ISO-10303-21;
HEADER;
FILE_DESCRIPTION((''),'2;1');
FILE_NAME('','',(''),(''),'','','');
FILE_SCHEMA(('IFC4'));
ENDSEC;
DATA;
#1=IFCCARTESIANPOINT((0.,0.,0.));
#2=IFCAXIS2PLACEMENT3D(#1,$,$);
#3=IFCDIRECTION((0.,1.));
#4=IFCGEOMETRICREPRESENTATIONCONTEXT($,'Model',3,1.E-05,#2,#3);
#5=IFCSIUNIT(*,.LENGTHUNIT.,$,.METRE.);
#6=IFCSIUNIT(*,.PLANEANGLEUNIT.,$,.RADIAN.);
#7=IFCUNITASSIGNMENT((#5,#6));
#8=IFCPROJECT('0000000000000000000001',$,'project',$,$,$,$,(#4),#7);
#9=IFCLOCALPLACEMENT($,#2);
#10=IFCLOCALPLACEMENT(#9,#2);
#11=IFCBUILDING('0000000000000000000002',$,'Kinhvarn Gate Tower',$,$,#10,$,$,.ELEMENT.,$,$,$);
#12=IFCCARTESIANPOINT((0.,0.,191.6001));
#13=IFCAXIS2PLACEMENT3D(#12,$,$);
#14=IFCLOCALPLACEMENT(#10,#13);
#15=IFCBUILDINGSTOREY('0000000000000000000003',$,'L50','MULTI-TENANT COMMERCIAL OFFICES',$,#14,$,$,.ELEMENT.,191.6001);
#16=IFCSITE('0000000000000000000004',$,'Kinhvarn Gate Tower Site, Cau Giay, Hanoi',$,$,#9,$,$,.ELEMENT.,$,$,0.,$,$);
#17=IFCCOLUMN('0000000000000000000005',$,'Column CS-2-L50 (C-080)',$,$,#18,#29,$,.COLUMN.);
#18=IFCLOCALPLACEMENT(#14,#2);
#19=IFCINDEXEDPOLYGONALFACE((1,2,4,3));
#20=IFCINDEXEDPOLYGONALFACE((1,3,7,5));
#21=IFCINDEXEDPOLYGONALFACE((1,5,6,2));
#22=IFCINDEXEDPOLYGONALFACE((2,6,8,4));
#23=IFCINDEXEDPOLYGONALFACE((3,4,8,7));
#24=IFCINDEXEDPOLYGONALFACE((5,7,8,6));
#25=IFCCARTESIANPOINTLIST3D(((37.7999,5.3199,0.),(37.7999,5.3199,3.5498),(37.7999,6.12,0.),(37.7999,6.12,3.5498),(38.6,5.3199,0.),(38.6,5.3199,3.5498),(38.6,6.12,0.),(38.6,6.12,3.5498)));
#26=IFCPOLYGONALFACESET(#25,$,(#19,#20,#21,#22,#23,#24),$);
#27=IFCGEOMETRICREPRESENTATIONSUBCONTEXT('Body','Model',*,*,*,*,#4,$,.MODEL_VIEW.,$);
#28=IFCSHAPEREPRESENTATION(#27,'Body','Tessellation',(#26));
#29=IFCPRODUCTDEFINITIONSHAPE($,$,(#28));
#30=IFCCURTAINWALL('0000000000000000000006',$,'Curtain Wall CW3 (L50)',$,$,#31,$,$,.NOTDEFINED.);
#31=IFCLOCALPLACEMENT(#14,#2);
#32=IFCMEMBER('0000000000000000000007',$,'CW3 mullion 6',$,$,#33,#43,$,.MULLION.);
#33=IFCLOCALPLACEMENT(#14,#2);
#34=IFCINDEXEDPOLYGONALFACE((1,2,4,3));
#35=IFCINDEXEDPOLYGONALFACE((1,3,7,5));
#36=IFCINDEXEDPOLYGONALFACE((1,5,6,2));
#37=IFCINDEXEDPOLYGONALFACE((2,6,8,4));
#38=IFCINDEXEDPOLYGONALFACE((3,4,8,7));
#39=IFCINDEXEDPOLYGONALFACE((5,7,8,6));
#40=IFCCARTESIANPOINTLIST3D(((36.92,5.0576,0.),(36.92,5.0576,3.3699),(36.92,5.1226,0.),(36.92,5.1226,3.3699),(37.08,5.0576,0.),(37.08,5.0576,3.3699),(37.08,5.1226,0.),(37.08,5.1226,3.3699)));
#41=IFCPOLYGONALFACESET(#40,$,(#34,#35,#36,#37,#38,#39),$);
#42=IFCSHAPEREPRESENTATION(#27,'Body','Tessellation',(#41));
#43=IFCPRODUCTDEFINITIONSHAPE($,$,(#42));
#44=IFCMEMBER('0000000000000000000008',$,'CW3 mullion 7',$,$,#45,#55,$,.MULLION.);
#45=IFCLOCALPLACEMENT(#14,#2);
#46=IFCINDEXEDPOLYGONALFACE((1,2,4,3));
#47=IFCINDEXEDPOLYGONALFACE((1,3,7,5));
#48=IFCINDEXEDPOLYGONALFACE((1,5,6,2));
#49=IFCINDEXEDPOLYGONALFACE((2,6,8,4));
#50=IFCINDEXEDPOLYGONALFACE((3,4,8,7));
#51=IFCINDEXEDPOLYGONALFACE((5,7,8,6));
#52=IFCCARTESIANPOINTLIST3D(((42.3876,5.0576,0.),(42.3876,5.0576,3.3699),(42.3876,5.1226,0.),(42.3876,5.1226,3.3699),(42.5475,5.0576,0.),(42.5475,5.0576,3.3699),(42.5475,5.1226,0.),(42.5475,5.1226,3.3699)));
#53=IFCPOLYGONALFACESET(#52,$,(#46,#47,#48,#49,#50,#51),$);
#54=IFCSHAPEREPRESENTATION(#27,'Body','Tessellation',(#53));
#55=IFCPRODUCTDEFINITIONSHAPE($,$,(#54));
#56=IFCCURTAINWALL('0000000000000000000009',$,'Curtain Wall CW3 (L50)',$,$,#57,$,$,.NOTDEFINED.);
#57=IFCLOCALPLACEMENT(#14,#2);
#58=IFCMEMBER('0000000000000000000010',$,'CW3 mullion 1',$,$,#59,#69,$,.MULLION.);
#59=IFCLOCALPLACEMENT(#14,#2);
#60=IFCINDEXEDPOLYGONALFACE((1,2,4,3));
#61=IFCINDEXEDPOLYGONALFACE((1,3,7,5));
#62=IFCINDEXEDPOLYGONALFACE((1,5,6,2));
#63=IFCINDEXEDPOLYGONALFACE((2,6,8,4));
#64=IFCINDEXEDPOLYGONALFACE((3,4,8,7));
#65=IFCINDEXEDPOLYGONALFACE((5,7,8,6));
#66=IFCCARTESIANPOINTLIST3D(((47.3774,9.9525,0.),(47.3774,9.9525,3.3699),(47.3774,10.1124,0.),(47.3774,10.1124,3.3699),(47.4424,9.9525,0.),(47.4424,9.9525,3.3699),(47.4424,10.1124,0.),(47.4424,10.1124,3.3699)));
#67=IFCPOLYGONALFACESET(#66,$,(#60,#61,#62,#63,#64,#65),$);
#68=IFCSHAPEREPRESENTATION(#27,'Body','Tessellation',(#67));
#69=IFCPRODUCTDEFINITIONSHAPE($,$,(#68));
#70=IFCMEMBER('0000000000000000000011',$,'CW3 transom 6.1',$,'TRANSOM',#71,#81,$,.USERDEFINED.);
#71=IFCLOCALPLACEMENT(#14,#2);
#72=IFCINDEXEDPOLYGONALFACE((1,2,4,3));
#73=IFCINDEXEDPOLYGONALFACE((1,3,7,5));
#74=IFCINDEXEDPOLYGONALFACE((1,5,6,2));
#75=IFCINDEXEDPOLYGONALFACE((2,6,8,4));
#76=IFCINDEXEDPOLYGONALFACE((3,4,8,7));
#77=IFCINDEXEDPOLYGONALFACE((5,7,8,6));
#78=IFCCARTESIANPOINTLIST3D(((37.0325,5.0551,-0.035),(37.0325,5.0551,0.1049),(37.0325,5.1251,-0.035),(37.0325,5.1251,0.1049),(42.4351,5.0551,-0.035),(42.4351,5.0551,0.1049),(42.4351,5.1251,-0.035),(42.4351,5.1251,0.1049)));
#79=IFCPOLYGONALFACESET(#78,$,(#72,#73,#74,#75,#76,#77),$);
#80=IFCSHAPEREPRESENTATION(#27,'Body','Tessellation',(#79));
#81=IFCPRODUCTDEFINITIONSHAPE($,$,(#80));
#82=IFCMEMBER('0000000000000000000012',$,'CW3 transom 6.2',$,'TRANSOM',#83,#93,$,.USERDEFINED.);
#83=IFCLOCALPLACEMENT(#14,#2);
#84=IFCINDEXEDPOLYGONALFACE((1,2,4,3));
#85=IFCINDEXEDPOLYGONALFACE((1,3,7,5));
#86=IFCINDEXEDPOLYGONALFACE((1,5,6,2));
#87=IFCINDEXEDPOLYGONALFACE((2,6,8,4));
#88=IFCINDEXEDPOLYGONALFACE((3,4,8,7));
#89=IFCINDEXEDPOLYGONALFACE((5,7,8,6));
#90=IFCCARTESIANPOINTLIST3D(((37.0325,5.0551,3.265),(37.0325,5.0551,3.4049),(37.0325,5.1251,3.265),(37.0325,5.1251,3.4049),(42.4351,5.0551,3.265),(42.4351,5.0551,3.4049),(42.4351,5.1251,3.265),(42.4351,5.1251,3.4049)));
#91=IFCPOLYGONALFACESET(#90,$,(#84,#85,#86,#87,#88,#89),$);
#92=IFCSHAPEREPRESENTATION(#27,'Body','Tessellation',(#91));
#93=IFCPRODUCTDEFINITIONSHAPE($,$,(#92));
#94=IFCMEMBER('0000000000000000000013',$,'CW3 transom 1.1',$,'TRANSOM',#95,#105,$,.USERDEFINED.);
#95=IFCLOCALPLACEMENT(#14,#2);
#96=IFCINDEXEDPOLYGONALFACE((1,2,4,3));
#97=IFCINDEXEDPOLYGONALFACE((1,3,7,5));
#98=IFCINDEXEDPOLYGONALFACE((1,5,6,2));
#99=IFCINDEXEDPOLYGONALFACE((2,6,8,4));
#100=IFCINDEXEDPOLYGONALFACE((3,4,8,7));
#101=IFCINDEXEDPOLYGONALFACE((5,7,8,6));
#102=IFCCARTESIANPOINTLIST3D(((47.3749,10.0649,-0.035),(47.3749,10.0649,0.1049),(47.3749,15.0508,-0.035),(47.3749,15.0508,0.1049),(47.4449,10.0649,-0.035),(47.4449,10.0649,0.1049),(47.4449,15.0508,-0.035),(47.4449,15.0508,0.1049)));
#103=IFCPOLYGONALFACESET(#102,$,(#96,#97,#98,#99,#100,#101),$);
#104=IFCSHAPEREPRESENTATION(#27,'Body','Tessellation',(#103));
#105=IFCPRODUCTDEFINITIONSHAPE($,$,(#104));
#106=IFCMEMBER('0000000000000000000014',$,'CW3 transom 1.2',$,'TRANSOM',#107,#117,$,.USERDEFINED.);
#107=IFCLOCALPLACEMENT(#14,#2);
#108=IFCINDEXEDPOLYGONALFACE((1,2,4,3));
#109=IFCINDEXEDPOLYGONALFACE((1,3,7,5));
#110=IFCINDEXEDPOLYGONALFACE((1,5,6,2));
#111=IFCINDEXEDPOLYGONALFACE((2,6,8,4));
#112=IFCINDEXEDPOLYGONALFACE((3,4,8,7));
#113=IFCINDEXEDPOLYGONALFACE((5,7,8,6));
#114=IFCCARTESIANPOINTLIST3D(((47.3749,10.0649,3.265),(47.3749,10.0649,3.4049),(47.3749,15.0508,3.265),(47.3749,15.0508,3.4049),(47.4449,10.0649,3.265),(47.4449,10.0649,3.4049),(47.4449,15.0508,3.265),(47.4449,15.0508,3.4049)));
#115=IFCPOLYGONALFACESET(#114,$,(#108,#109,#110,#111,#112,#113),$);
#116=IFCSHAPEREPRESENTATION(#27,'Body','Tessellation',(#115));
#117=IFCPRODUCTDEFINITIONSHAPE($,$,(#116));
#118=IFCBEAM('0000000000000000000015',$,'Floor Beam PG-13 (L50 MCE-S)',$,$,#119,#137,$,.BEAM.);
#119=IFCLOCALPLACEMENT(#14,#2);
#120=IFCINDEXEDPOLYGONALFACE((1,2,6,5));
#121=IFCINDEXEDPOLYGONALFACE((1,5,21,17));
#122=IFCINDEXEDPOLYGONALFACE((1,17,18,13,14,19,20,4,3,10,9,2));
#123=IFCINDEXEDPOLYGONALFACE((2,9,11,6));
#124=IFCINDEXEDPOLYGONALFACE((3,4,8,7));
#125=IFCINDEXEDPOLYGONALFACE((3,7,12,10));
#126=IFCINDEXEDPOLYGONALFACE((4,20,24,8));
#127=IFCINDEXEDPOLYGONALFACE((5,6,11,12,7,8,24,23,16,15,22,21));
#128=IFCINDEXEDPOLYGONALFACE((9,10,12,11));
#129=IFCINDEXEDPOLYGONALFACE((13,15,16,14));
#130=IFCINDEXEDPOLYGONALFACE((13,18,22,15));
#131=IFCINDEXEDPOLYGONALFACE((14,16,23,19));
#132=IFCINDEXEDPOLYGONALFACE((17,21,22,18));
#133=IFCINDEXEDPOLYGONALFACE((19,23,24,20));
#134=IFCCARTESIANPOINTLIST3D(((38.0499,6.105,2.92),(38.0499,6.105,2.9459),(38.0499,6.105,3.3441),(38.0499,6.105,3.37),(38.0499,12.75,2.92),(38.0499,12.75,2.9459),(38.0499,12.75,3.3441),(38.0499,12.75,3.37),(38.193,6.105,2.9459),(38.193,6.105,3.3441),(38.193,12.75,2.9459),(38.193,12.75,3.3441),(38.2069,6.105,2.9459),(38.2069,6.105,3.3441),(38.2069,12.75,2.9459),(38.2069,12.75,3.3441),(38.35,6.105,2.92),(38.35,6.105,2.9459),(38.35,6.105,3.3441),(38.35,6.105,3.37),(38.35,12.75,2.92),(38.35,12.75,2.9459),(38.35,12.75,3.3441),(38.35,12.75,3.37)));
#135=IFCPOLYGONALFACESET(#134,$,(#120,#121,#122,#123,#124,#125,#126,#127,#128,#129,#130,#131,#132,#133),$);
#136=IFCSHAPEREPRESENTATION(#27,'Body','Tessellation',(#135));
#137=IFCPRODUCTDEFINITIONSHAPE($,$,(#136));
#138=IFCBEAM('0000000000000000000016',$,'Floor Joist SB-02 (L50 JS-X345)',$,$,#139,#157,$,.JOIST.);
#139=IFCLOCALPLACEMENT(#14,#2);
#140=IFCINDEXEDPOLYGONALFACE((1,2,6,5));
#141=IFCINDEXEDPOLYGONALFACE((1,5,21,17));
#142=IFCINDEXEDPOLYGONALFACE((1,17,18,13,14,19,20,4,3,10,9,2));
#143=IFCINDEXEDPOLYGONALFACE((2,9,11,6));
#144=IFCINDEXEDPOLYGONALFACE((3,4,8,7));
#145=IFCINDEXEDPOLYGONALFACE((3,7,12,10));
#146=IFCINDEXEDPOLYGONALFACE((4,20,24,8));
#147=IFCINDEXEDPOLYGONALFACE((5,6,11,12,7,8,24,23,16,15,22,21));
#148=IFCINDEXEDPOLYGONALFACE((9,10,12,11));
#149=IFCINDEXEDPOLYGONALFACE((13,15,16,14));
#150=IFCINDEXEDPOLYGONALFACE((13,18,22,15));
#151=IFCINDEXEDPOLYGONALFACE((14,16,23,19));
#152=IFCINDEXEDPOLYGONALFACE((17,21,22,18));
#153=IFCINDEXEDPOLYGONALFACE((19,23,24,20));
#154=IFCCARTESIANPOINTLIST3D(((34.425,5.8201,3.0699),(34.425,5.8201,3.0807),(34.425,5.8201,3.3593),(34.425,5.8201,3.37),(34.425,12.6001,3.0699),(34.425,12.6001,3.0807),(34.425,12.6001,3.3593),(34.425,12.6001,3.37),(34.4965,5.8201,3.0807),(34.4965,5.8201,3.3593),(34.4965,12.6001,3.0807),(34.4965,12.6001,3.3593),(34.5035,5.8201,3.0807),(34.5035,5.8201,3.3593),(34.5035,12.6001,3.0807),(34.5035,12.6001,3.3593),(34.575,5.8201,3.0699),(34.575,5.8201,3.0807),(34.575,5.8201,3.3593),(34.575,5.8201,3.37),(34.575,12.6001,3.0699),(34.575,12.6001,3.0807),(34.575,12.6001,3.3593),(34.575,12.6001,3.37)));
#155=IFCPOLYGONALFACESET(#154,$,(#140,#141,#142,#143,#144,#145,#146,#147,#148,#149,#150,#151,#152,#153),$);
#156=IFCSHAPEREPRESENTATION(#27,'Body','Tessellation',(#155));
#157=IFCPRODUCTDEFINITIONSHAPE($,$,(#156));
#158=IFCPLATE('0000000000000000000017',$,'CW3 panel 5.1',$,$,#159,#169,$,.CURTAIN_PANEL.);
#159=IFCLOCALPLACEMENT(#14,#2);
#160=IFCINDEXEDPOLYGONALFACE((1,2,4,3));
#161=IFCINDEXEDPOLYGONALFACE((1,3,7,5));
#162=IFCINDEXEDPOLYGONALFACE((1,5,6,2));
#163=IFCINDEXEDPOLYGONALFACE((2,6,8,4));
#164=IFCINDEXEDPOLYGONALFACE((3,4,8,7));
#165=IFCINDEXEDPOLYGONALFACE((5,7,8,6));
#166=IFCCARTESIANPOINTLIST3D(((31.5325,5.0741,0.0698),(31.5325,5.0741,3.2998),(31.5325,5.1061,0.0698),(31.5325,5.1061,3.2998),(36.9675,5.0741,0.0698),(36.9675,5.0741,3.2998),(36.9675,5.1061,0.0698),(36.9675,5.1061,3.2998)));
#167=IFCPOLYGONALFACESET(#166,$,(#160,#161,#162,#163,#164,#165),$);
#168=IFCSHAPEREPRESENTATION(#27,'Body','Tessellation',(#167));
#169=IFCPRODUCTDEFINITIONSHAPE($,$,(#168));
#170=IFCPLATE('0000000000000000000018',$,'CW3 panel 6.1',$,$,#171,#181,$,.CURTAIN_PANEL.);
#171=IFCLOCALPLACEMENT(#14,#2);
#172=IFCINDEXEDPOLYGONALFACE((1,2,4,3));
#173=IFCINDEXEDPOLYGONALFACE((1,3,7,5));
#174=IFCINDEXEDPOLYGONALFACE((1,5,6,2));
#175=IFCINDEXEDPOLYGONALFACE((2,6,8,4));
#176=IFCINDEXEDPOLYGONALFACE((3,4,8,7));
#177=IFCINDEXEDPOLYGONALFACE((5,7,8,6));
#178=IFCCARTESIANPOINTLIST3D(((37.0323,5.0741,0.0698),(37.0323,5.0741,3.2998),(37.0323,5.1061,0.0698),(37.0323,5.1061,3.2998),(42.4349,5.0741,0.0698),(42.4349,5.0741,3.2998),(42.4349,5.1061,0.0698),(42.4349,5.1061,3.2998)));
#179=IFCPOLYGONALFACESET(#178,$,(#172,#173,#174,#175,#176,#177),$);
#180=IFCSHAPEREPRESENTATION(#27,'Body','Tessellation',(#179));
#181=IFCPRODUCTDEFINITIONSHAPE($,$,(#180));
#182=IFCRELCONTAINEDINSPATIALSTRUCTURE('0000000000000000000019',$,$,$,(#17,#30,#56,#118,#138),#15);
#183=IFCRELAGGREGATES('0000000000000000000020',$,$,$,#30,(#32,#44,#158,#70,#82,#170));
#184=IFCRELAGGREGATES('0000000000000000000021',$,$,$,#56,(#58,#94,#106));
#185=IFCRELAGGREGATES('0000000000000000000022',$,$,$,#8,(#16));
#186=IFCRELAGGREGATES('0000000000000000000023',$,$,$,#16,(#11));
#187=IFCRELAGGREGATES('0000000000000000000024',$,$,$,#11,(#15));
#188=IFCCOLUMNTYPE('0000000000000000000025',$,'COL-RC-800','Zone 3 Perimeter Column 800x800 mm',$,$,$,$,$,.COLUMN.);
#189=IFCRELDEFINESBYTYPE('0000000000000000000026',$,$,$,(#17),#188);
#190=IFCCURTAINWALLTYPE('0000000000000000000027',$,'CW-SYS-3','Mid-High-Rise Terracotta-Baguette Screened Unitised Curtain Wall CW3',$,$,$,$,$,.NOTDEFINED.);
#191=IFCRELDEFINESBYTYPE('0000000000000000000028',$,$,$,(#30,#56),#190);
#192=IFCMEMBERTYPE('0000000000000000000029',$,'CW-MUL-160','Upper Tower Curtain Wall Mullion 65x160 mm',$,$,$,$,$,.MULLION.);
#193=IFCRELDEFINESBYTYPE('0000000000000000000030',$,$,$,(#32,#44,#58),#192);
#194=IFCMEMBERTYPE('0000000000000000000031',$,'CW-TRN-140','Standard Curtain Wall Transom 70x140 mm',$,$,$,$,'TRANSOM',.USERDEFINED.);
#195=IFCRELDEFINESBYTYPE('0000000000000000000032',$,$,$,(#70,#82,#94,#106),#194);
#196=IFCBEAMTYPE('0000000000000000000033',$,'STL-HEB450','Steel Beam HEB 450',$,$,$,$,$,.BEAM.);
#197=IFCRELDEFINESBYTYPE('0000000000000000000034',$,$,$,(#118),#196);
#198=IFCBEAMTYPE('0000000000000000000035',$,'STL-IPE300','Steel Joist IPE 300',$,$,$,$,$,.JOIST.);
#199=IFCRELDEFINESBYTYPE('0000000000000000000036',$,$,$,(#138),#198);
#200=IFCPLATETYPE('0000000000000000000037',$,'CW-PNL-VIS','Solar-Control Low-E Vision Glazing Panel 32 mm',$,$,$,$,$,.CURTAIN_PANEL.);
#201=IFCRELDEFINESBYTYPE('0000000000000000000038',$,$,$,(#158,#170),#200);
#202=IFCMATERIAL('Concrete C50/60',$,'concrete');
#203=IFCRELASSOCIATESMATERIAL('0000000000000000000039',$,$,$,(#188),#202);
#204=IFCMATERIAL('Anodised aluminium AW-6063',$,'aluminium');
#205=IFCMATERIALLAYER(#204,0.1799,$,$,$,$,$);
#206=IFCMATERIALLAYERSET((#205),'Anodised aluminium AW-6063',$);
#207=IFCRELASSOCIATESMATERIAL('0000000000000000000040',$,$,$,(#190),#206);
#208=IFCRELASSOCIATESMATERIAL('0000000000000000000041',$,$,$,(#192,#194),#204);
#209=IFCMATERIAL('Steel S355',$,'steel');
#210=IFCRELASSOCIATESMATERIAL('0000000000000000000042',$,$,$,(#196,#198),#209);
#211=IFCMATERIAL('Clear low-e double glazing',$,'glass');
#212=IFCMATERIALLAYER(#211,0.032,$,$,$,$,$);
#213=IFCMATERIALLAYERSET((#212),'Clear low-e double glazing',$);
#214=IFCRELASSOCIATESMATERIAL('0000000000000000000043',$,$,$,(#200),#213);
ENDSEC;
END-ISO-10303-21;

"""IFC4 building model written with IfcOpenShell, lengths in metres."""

from ifc_helpers import new_model, si_unit, direction, frame, origin, origin_2d, place, context, subcontext, project, spatial, rectangle, i_section, extrude, material, layer, layer_set, material_profile, profile_set, type_object, element, aggregate, save


model = new_model("IFC4")

# Units and contexts
model_context = context("Model", 3, precision=1e-05, world=origin(), true_north=direction((0.0, 1.0)))
body_context = subcontext(model_context, "Body", "Model", "MODEL_VIEW")
ifc_project = project(units=[si_unit("LENGTHUNIT", "METRE"), si_unit("PLANEANGLEUNIT", "RADIAN")], contexts=[model_context])

# Site, building, storey
site_placement = place(None, origin())
site = spatial("IfcSite", under=ifc_project, at=site_placement, Name="Kinhvarn Gate Tower Site, Cau Giay, Hanoi", CompositionType="ELEMENT", RefElevation=0.0)
building_placement = place(site_placement, origin())
building = spatial("IfcBuilding", under=site, at=building_placement, Name="Kinhvarn Gate Tower", CompositionType="ELEMENT")
storey_placement = place(building_placement, frame((0.0, 0.0, 191.6001)))
storey = spatial("IfcBuildingStorey", under=building, at=storey_placement, Name="L50", Description="MULTI-TENANT COMMERCIAL OFFICES", CompositionType="ELEMENT", Elevation=191.6001)

# Column
ifc_material_1 = material(Name="Concrete C50/60", Category="concrete")
ifc_material_profile_1 = material_profile(ifc_material_1, rectangle(XDim=0.8, YDim=0.8, at=origin_2d()), Name="RC 800x800")
ifc_profile_set_1 = profile_set([ifc_material_profile_1], Name="Concrete C50/60")
column_type = type_object("IfcColumnType", Name="COL-RC-800", Description="Zone 3 Perimeter Column 800x800 mm", PredefinedType="COLUMN", material=ifc_profile_set_1)
column_placement = place(storey_placement, frame((38.2, 5.72, 0.0), z_axis=(0.0, 0.0, 1.0), x_axis=(1.0, 0.0, 0.0)))
element("IfcColumn", 1, at=column_placement, inside=storey, type_object=column_type, Name="Column CS-2-L50 (C-080)", PredefinedType="COLUMN", context=body_context, shape_type="SweptSolid", body=[
    extrude(rectangle(XDim=0.8, YDim=0.8, at=origin_2d()), origin(), (0.0, 0.0, 1.0), 3.5498),
])

# Curtain wall, members
ifc_material_2 = material(Name="Anodised aluminium AW-6063", Category="aluminium")
ifc_layer_1 = layer(ifc_material_2, 0.1799)
ifc_layer_set_1 = layer_set([ifc_layer_1], Name="Anodised aluminium AW-6063")
curtain_wall_type = type_object("IfcCurtainWallType", Name="CW-SYS-3", Description="Mid-High-Rise Terracotta-Baguette Screened Unitised Curtain Wall CW3", PredefinedType="NOTDEFINED", material=ifc_layer_set_1)
curtain_wall_1_placement = place(storey_placement, origin())
curtain_wall_1 = element("IfcCurtainWall", 2, at=curtain_wall_1_placement, inside=storey, type_object=curtain_wall_type, Name="Curtain Wall CW3 (L50)", PredefinedType="NOTDEFINED")
ifc_material_profile_2 = material_profile(ifc_material_2, rectangle(XDim=0.0649, YDim=0.1599, at=origin_2d()), Name="ALU 65x160")
ifc_profile_set_2 = profile_set([ifc_material_profile_2], Name="Anodised aluminium AW-6063")
member_type_1 = type_object("IfcMemberType", Name="CW-MUL-160", Description="Upper Tower Curtain Wall Mullion 65x160 mm", PredefinedType="MULLION", material=ifc_profile_set_2)
member_1_placement = place(storey_placement, frame((37.0, 5.0901, 0.0), z_axis=(0.0, 0.0, 1.0), x_axis=(0.0, 1.0, 0.0)))
member_1 = element("IfcMember", 3, at=member_1_placement, type_object=member_type_1, Name="CW3 mullion 6", PredefinedType="MULLION", context=body_context, shape_type="SweptSolid", body=[
    extrude(rectangle(XDim=0.0649, YDim=0.1599, at=origin_2d()), origin(), (0.0, 0.0, 1.0), 3.3699),
])
member_2_placement = place(storey_placement, frame((42.4675, 5.0901, 0.0), z_axis=(0.0, 0.0, 1.0), x_axis=(0.0, 1.0, 0.0)))
member_2 = element("IfcMember", 4, at=member_2_placement, type_object=member_type_1, Name="CW3 mullion 7", PredefinedType="MULLION", context=body_context, shape_type="SweptSolid", body=[
    extrude(rectangle(XDim=0.0649, YDim=0.1599, at=origin_2d()), origin(), (0.0, 0.0, 1.0), 3.3699),
])

# Curtain wall, member
curtain_wall_2_placement = place(storey_placement, origin())
curtain_wall_2 = element("IfcCurtainWall", 5, at=curtain_wall_2_placement, inside=storey, type_object=curtain_wall_type, Name="Curtain Wall CW3 (L50)", PredefinedType="NOTDEFINED")
member_3_placement = place(storey_placement, frame((47.4099, 10.0325, 0.0), z_axis=(0.0, 0.0, 1.0), x_axis=(-1.0, 0.0, 0.0)))
member_3 = element("IfcMember", 6, at=member_3_placement, type_object=member_type_1, Name="CW3 mullion 1", PredefinedType="MULLION", context=body_context, shape_type="SweptSolid", body=[
    extrude(rectangle(XDim=0.0649, YDim=0.1599, at=origin_2d()), origin(), (0.0, 0.0, 1.0), 3.3699),
])

# Members
ifc_material_profile_3 = material_profile(ifc_material_2, rectangle(XDim=0.0701, YDim=0.1399, at=origin_2d()), Name="ALU 70x140")
ifc_profile_set_3 = profile_set([ifc_material_profile_3], Name="Anodised aluminium AW-6063")
member_type_2 = type_object("IfcMemberType", Name="CW-TRN-140", Description="Standard Curtain Wall Transom 70x140 mm", ElementType="TRANSOM", PredefinedType="USERDEFINED", material=ifc_profile_set_3)
member_4_placement = place(storey_placement, frame((37.0325, 5.0901, 0.0349), z_axis=(1.0, 0.0, 0.0), x_axis=(0.0, 1.0, 0.0)))
member_4 = element("IfcMember", 7, at=member_4_placement, type_object=member_type_2, Name="CW3 transom 6.1", ObjectType="TRANSOM", PredefinedType="USERDEFINED", context=body_context, shape_type="SweptSolid", body=[
    extrude(rectangle(XDim=0.0701, YDim=0.1399, at=origin_2d()), origin(), (0.0, 0.0, 1.0), 5.4026),
])
member_5_placement = place(storey_placement, frame((37.0325, 5.0901, 3.335), z_axis=(1.0, 0.0, 0.0), x_axis=(0.0, 1.0, 0.0)))
member_5 = element("IfcMember", 8, at=member_5_placement, type_object=member_type_2, Name="CW3 transom 6.2", ObjectType="TRANSOM", PredefinedType="USERDEFINED", context=body_context, shape_type="SweptSolid", body=[
    extrude(rectangle(XDim=0.0701, YDim=0.1399, at=origin_2d()), origin(), (0.0, 0.0, 1.0), 5.4026),
])
member_6_placement = place(storey_placement, frame((47.4099, 10.0649, 0.0349), z_axis=(0.0, 1.0, 0.0), x_axis=(-1.0, 0.0, 0.0)))
member_6 = element("IfcMember", 9, at=member_6_placement, type_object=member_type_2, Name="CW3 transom 1.1", ObjectType="TRANSOM", PredefinedType="USERDEFINED", context=body_context, shape_type="SweptSolid", body=[
    extrude(rectangle(XDim=0.0701, YDim=0.1399, at=origin_2d()), origin(), (0.0, 0.0, 1.0), 4.9858),
])
member_7_placement = place(storey_placement, frame((47.4099, 10.0649, 3.335), z_axis=(0.0, 1.0, 0.0), x_axis=(-1.0, 0.0, 0.0)))
member_7 = element("IfcMember", 10, at=member_7_placement, type_object=member_type_2, Name="CW3 transom 1.2", ObjectType="TRANSOM", PredefinedType="USERDEFINED", context=body_context, shape_type="SweptSolid", body=[
    extrude(rectangle(XDim=0.0701, YDim=0.1399, at=origin_2d()), origin(), (0.0, 0.0, 1.0), 4.9858),
])

# Beams
ifc_material_3 = material(Name="Steel S355", Category="steel")
ifc_material_profile_4 = material_profile(ifc_material_3, i_section(OverallWidth=0.3, OverallDepth=0.45, WebThickness=0.0139, FlangeThickness=0.0259, at=origin_2d()), Name="HEB 450")
ifc_profile_set_4 = profile_set([ifc_material_profile_4], Name="Steel S355")
beam_type_1 = type_object("IfcBeamType", Name="STL-HEB450", Description="Steel Beam HEB 450", PredefinedType="BEAM", material=ifc_profile_set_4)
beam_1_placement = place(storey_placement, frame((38.2, 6.105, 3.145), z_axis=(0.0, 1.0, 0.0), x_axis=(-1.0, 0.0, 0.0)))
element("IfcBeam", 11, at=beam_1_placement, inside=storey, type_object=beam_type_1, Name="Floor Beam PG-13 (L50 MCE-S)", PredefinedType="BEAM", context=body_context, shape_type="SweptSolid", body=[
    extrude(i_section(OverallWidth=0.3, OverallDepth=0.45, WebThickness=0.0139, FlangeThickness=0.0259, at=origin_2d()), origin(), (0.0, 0.0, 1.0), 6.645),
])
ifc_material_profile_5 = material_profile(ifc_material_3, i_section(OverallWidth=0.1499, OverallDepth=0.3, WebThickness=0.0071, FlangeThickness=0.0107, at=origin_2d()), Name="IPE 300")
ifc_profile_set_5 = profile_set([ifc_material_profile_5], Name="Steel S355")
beam_type_2 = type_object("IfcBeamType", Name="STL-IPE300", Description="Steel Joist IPE 300", PredefinedType="JOIST", material=ifc_profile_set_5)
beam_2_placement = place(storey_placement, frame((34.5, 5.8201, 3.22), z_axis=(0.0, 1.0, 0.0), x_axis=(-1.0, 0.0, 0.0)))
element("IfcBeam", 12, at=beam_2_placement, inside=storey, type_object=beam_type_2, Name="Floor Joist SB-02 (L50 JS-X345)", PredefinedType="JOIST", context=body_context, shape_type="SweptSolid", body=[
    extrude(i_section(OverallWidth=0.1499, OverallDepth=0.3, WebThickness=0.0071, FlangeThickness=0.0107, at=origin_2d()), origin(), (0.0, 0.0, 1.0), 6.78),
])

# Plates
ifc_material_4 = material(Name="Clear low-e double glazing", Category="glass")
ifc_layer_2 = layer(ifc_material_4, 0.032)
ifc_layer_set_2 = layer_set([ifc_layer_2], Name="Clear low-e double glazing")
plate_type = type_object("IfcPlateType", Name="CW-PNL-VIS", Description="Solar-Control Low-E Vision Glazing Panel 32 mm", PredefinedType="CURTAIN_PANEL", material=ifc_layer_set_2)
plate_1_placement = place(storey_placement, frame((34.25, 5.0901, 0.0698), z_axis=(0.0, 0.0, 1.0), x_axis=(1.0, 0.0, 0.0)))
plate_1 = element("IfcPlate", 13, at=plate_1_placement, type_object=plate_type, Name="CW3 panel 5.1", PredefinedType="CURTAIN_PANEL", context=body_context, shape_type="SweptSolid", body=[
    extrude(rectangle(XDim=5.4351, YDim=0.032, at=origin_2d()), origin(), (0.0, 0.0, 1.0), 3.23),
])
plate_2_placement = place(storey_placement, frame((39.7336, 5.0901, 0.0698), z_axis=(0.0, 0.0, 1.0), x_axis=(1.0, 0.0, 0.0)))
plate_2 = element("IfcPlate", 14, at=plate_2_placement, type_object=plate_type, Name="CW3 panel 6.1", PredefinedType="CURTAIN_PANEL", context=body_context, shape_type="SweptSolid", body=[
    extrude(rectangle(XDim=5.4026, YDim=0.032, at=origin_2d()), origin(), (0.0, 0.0, 1.0), 3.23),
])
aggregate(curtain_wall_1, [member_1, member_2, plate_1, member_4, member_5, plate_2])
aggregate(curtain_wall_2, [member_3, member_6, member_7])

save(model, "model.ifc")
